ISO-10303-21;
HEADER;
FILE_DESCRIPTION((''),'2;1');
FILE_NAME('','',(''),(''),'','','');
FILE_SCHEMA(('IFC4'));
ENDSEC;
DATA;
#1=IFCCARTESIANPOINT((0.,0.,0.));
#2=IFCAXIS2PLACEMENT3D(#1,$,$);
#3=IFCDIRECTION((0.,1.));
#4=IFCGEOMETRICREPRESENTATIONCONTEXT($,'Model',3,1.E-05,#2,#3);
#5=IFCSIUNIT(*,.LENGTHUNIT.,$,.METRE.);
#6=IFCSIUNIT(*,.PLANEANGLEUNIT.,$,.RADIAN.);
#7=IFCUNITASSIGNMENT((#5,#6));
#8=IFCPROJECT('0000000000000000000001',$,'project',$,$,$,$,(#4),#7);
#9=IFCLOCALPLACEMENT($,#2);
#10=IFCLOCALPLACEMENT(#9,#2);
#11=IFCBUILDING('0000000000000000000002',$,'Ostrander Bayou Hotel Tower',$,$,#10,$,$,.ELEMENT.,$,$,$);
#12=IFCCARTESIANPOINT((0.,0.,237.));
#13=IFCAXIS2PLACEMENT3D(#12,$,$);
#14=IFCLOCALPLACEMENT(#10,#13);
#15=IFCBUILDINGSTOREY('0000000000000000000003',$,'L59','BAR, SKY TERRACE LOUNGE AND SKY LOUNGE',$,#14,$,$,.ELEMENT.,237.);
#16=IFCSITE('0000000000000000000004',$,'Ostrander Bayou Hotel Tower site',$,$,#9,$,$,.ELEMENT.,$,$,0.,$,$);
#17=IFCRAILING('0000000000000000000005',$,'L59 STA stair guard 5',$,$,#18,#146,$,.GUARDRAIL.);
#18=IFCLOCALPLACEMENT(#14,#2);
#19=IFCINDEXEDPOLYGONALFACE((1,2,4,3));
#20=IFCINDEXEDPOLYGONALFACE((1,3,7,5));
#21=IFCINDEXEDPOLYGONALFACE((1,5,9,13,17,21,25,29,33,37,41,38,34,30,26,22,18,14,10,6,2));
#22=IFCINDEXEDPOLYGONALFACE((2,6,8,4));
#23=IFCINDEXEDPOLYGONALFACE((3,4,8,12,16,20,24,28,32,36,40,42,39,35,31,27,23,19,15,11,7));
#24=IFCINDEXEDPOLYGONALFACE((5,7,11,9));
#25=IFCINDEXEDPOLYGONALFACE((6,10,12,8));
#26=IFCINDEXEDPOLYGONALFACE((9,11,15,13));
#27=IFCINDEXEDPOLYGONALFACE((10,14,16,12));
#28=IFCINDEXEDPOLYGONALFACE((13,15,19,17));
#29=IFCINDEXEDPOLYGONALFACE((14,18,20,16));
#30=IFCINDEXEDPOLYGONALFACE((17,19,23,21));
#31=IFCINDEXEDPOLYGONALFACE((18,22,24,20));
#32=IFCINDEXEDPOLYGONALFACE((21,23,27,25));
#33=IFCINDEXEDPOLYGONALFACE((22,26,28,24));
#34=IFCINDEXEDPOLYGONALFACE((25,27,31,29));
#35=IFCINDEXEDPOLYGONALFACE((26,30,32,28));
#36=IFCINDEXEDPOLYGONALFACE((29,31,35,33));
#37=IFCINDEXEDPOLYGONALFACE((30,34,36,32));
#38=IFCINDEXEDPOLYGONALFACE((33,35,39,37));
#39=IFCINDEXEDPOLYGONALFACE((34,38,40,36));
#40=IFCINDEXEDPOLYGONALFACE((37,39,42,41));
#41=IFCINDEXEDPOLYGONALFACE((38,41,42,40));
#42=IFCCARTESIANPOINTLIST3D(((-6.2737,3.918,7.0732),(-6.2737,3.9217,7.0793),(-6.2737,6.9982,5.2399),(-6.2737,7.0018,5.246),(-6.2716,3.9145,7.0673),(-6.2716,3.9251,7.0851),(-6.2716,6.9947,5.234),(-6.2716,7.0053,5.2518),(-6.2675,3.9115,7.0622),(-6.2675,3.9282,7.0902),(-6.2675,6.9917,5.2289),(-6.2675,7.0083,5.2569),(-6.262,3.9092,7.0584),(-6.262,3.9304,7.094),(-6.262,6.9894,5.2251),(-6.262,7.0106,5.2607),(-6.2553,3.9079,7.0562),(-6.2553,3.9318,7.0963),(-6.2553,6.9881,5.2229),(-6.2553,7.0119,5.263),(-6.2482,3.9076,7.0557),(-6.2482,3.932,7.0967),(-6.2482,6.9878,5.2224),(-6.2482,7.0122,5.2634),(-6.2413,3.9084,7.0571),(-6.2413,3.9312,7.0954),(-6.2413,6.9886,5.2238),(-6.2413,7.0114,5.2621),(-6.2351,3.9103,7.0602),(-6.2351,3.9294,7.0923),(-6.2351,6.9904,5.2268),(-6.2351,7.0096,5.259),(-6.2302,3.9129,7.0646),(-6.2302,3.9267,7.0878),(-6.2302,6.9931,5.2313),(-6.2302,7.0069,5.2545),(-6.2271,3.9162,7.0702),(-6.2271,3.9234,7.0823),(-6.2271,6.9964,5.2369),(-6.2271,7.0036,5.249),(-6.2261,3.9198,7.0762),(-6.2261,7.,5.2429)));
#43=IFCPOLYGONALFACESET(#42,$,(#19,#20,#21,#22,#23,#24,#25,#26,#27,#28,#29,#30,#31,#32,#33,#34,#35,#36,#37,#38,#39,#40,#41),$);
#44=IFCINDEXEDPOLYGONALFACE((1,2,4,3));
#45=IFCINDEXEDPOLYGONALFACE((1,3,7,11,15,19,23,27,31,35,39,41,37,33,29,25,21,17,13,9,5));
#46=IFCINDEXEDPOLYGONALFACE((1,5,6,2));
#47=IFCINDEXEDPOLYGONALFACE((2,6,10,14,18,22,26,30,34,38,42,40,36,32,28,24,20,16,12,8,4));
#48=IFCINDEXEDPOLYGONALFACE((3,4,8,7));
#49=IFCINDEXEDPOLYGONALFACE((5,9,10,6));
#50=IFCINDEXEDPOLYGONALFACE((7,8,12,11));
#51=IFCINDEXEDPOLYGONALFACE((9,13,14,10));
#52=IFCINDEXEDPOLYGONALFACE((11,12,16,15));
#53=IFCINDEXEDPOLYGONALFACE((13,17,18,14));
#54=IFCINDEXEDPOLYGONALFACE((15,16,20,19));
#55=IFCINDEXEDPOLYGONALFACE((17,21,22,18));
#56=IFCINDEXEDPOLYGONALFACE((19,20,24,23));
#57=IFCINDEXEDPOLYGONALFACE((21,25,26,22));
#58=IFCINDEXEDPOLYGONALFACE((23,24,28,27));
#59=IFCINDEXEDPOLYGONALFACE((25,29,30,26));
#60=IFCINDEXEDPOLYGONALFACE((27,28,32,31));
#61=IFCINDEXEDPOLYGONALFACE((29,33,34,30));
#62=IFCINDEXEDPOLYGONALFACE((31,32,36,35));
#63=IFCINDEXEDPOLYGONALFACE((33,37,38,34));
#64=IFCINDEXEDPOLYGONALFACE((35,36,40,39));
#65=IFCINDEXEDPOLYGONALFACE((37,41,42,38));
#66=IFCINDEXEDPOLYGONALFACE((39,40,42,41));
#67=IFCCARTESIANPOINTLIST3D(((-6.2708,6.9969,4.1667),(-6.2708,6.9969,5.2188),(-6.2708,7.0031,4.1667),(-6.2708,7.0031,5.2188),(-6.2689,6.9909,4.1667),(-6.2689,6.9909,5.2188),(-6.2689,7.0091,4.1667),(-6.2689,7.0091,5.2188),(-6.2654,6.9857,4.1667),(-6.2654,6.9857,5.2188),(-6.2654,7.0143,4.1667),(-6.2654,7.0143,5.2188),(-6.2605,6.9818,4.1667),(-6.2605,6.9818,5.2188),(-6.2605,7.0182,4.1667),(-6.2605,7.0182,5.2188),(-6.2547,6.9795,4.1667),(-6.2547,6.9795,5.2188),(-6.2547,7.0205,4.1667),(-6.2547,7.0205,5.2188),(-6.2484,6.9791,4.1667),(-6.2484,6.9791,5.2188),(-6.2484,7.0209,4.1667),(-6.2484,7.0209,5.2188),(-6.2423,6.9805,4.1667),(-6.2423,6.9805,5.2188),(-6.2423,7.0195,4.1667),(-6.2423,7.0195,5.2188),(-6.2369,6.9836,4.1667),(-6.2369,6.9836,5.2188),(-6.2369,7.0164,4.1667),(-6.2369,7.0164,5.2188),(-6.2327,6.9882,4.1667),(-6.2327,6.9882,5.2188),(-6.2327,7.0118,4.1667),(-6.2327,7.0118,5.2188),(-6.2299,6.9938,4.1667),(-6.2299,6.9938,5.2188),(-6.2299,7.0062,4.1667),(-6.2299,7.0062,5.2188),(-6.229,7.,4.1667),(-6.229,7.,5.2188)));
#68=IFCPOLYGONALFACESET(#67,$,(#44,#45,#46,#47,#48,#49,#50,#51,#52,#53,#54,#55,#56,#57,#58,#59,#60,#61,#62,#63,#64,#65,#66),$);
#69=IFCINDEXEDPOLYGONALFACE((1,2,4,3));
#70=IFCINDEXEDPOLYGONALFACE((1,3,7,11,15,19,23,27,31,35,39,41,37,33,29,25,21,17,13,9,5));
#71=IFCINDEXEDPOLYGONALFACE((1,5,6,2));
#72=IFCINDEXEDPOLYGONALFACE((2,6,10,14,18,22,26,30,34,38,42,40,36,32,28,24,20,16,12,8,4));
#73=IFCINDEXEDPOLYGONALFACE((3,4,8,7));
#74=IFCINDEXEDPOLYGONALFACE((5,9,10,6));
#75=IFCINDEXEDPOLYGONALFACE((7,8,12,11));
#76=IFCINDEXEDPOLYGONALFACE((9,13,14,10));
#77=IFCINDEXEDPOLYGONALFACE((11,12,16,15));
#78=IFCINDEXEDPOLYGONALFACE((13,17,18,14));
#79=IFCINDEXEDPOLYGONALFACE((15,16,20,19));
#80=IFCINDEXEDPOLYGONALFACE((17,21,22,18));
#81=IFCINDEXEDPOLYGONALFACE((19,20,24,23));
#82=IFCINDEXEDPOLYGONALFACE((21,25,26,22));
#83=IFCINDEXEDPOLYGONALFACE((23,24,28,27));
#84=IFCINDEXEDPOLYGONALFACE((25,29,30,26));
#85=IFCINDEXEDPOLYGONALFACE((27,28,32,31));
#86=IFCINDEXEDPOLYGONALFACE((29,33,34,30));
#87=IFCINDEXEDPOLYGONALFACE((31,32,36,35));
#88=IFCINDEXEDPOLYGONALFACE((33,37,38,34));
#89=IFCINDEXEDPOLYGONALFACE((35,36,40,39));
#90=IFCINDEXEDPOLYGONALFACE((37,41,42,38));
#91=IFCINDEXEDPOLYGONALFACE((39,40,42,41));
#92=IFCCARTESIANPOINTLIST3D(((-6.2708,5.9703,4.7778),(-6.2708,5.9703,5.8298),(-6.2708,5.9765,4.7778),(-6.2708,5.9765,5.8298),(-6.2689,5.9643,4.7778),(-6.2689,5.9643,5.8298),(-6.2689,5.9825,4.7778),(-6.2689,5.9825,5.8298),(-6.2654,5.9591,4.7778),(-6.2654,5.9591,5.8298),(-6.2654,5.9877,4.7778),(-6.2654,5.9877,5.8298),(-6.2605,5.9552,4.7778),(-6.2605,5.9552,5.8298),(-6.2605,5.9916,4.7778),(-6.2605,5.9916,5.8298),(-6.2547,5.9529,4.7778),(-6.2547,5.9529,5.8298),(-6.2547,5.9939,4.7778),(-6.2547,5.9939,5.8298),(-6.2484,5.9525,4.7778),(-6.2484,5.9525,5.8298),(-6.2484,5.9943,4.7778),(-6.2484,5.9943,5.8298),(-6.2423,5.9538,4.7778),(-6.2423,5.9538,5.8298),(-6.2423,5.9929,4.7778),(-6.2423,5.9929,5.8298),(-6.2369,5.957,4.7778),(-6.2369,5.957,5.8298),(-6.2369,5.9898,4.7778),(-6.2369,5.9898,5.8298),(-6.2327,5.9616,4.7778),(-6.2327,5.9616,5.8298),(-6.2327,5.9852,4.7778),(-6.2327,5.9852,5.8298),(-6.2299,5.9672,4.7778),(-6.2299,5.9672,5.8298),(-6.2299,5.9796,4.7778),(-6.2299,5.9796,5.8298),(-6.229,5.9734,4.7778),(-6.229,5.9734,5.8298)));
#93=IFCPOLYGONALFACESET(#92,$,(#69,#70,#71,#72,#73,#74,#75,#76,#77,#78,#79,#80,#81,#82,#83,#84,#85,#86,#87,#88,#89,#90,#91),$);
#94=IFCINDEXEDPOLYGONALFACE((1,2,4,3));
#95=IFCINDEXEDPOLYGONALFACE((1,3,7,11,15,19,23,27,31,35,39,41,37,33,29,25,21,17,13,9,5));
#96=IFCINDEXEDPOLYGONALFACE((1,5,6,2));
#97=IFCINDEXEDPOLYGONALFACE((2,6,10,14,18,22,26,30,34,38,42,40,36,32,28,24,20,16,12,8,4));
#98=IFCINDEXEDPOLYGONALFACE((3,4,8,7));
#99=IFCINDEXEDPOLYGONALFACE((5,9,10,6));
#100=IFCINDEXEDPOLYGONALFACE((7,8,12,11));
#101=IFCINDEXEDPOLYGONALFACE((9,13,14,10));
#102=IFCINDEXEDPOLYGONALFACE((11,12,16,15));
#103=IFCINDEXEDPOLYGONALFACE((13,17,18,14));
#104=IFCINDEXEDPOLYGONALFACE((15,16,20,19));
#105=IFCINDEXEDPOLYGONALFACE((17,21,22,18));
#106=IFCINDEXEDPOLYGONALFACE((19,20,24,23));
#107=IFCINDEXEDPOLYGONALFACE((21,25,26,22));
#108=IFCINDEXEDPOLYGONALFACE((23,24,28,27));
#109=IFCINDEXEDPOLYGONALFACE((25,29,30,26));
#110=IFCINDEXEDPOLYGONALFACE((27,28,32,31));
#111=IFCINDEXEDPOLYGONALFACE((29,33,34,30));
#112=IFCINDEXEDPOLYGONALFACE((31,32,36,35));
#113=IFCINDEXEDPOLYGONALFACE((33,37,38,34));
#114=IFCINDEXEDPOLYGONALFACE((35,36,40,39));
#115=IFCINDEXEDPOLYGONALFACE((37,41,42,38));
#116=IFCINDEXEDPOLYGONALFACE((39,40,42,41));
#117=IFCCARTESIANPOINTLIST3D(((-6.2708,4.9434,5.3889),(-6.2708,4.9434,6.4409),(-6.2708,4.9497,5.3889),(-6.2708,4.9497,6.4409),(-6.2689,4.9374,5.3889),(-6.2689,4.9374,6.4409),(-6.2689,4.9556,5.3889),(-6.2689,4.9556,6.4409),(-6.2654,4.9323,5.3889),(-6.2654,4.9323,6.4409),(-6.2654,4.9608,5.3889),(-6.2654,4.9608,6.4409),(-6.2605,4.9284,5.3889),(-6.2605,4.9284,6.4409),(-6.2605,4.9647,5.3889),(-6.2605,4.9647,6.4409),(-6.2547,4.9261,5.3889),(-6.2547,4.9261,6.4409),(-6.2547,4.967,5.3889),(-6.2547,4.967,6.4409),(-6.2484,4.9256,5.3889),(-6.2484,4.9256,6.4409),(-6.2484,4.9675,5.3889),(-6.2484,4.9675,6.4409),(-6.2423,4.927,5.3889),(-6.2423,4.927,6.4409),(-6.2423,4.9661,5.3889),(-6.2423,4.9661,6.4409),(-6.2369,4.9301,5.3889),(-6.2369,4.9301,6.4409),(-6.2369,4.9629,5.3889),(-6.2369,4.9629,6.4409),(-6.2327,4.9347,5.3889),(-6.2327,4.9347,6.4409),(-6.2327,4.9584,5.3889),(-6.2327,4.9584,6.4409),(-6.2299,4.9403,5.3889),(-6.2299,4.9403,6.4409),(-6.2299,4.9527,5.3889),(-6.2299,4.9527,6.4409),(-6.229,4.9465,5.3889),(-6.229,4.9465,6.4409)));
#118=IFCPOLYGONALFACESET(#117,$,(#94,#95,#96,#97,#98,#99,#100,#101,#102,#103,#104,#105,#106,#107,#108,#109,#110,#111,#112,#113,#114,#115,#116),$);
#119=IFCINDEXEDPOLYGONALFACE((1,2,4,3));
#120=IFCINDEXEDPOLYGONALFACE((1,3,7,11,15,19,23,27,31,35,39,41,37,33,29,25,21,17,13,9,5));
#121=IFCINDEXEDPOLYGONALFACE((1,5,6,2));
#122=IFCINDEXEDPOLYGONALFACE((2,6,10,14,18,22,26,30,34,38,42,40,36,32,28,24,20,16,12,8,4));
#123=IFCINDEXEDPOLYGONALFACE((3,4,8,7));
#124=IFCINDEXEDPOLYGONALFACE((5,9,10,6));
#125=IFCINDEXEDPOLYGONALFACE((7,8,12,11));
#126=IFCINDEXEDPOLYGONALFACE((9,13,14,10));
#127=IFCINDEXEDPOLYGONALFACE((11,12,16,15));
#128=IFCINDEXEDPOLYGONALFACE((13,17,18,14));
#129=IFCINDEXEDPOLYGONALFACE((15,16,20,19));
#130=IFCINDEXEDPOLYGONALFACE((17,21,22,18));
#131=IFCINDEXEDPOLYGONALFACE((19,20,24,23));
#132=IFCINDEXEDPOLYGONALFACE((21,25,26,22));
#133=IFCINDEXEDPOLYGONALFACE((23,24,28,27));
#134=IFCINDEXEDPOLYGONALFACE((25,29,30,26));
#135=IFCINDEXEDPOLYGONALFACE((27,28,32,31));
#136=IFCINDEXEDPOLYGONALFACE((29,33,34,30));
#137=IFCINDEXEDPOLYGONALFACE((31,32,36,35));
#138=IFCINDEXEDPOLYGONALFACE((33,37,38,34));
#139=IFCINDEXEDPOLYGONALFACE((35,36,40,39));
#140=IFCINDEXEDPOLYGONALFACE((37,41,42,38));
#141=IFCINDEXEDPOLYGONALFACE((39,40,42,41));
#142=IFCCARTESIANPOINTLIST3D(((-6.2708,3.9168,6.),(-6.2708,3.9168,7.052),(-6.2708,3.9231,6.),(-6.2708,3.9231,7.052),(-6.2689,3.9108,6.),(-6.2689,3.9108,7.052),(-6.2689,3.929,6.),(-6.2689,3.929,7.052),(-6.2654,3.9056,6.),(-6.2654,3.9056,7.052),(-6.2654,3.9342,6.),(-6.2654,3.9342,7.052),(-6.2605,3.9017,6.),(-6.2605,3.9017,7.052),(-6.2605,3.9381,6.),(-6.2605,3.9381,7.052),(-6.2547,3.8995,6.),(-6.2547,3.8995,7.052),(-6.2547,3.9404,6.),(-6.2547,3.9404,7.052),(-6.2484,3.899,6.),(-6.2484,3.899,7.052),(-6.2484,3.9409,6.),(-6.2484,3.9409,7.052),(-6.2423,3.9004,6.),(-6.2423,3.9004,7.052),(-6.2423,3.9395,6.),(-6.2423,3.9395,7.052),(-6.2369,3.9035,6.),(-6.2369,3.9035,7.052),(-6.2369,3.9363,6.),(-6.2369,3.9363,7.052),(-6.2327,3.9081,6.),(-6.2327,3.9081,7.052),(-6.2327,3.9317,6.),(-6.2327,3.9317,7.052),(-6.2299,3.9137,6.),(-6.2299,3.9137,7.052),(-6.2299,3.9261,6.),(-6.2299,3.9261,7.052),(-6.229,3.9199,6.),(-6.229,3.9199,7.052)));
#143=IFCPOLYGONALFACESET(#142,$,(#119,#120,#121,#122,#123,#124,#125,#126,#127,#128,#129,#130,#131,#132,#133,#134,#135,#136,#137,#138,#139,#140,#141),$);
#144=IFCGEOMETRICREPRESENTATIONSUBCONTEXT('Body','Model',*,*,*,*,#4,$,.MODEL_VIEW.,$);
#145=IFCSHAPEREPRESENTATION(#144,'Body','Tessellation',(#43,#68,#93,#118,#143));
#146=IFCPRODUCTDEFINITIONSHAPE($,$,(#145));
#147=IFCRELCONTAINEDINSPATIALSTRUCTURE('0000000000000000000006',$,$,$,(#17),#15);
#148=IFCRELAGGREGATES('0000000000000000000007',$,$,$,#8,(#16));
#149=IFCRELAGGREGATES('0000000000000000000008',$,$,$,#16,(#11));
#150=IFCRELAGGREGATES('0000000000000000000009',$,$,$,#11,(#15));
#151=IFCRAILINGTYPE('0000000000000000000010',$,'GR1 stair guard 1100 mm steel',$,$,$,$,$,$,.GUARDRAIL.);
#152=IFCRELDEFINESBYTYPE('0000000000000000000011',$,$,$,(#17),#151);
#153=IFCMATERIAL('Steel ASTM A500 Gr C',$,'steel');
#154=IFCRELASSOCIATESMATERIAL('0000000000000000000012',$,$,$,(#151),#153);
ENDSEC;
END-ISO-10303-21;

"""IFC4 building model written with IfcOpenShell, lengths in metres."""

from ifc_helpers import new_model, si_unit, direction, frame, origin, origin_2d, place, context, subcontext, project, spatial, circle, extrude, material, type_object, element, save


model = new_model("IFC4")

# Units and contexts
model_context = context("Model", 3, precision=1e-05, world=origin(), true_north=direction((0.0, 1.0)))
body_context = subcontext(model_context, "Body", "Model", "MODEL_VIEW")
ifc_project = project(units=[si_unit("LENGTHUNIT", "METRE"), si_unit("PLANEANGLEUNIT", "RADIAN")], contexts=[model_context])

# Site, building, storey
site_placement = place(None, origin())
site = spatial("IfcSite", under=ifc_project, at=site_placement, Name="Ostrander Bayou Hotel Tower site", CompositionType="ELEMENT", RefElevation=0.0)
building_placement = place(site_placement, origin())
building = spatial("IfcBuilding", under=site, at=building_placement, Name="Ostrander Bayou Hotel Tower", CompositionType="ELEMENT")
storey_placement = place(building_placement, frame((0.0, 0.0, 237.0)))
storey = spatial("IfcBuildingStorey", under=building, at=storey_placement, Name="L59", Description="BAR, SKY TERRACE LOUNGE AND SKY LOUNGE", CompositionType="ELEMENT", Elevation=237.0)

# Railing
ifc_material_1 = material(Name="Steel ASTM A500 Gr C", Category="steel")
railing_type_1 = type_object("IfcRailingType", Name="GR1 stair guard 1100 mm steel", PredefinedType="GUARDRAIL", material=ifc_material_1)
railing_1_placement = place(storey_placement, frame((-6.25, 7.0, 4.1667)))
element("IfcRailing", 1, at=railing_1_placement, inside=storey, type_object=railing_type_1, Name="L59 STA stair guard 5", PredefinedType="GUARDRAIL", context=body_context, shape_type="SweptSolid", body=[
    extrude(circle(Radius=0.0239, at=origin_2d()), frame((0.0, 0.0, 1.0762), z_axis=(0.0, -0.859309, 0.511458), x_axis=(1.0, 0.0, 0.0)), (0.0, 0.0, 1.0), 3.5845),
    extrude(circle(Radius=0.021, at=origin_2d()), origin(), (0.0, 0.0, 1.0), 1.052),
    extrude(circle(Radius=0.021, at=origin_2d()), frame((0.0, -1.0266, 0.6111)), (0.0, 0.0, 1.0), 1.052),
    extrude(circle(Radius=0.021, at=origin_2d()), frame((0.0, -2.0535, 1.2222)), (0.0, 0.0, 1.0), 1.052),
    extrude(circle(Radius=0.021, at=origin_2d()), frame((0.0, -3.0801, 1.8333)), (0.0, 0.0, 1.0), 1.052),
])

save(model, "model.ifc")
